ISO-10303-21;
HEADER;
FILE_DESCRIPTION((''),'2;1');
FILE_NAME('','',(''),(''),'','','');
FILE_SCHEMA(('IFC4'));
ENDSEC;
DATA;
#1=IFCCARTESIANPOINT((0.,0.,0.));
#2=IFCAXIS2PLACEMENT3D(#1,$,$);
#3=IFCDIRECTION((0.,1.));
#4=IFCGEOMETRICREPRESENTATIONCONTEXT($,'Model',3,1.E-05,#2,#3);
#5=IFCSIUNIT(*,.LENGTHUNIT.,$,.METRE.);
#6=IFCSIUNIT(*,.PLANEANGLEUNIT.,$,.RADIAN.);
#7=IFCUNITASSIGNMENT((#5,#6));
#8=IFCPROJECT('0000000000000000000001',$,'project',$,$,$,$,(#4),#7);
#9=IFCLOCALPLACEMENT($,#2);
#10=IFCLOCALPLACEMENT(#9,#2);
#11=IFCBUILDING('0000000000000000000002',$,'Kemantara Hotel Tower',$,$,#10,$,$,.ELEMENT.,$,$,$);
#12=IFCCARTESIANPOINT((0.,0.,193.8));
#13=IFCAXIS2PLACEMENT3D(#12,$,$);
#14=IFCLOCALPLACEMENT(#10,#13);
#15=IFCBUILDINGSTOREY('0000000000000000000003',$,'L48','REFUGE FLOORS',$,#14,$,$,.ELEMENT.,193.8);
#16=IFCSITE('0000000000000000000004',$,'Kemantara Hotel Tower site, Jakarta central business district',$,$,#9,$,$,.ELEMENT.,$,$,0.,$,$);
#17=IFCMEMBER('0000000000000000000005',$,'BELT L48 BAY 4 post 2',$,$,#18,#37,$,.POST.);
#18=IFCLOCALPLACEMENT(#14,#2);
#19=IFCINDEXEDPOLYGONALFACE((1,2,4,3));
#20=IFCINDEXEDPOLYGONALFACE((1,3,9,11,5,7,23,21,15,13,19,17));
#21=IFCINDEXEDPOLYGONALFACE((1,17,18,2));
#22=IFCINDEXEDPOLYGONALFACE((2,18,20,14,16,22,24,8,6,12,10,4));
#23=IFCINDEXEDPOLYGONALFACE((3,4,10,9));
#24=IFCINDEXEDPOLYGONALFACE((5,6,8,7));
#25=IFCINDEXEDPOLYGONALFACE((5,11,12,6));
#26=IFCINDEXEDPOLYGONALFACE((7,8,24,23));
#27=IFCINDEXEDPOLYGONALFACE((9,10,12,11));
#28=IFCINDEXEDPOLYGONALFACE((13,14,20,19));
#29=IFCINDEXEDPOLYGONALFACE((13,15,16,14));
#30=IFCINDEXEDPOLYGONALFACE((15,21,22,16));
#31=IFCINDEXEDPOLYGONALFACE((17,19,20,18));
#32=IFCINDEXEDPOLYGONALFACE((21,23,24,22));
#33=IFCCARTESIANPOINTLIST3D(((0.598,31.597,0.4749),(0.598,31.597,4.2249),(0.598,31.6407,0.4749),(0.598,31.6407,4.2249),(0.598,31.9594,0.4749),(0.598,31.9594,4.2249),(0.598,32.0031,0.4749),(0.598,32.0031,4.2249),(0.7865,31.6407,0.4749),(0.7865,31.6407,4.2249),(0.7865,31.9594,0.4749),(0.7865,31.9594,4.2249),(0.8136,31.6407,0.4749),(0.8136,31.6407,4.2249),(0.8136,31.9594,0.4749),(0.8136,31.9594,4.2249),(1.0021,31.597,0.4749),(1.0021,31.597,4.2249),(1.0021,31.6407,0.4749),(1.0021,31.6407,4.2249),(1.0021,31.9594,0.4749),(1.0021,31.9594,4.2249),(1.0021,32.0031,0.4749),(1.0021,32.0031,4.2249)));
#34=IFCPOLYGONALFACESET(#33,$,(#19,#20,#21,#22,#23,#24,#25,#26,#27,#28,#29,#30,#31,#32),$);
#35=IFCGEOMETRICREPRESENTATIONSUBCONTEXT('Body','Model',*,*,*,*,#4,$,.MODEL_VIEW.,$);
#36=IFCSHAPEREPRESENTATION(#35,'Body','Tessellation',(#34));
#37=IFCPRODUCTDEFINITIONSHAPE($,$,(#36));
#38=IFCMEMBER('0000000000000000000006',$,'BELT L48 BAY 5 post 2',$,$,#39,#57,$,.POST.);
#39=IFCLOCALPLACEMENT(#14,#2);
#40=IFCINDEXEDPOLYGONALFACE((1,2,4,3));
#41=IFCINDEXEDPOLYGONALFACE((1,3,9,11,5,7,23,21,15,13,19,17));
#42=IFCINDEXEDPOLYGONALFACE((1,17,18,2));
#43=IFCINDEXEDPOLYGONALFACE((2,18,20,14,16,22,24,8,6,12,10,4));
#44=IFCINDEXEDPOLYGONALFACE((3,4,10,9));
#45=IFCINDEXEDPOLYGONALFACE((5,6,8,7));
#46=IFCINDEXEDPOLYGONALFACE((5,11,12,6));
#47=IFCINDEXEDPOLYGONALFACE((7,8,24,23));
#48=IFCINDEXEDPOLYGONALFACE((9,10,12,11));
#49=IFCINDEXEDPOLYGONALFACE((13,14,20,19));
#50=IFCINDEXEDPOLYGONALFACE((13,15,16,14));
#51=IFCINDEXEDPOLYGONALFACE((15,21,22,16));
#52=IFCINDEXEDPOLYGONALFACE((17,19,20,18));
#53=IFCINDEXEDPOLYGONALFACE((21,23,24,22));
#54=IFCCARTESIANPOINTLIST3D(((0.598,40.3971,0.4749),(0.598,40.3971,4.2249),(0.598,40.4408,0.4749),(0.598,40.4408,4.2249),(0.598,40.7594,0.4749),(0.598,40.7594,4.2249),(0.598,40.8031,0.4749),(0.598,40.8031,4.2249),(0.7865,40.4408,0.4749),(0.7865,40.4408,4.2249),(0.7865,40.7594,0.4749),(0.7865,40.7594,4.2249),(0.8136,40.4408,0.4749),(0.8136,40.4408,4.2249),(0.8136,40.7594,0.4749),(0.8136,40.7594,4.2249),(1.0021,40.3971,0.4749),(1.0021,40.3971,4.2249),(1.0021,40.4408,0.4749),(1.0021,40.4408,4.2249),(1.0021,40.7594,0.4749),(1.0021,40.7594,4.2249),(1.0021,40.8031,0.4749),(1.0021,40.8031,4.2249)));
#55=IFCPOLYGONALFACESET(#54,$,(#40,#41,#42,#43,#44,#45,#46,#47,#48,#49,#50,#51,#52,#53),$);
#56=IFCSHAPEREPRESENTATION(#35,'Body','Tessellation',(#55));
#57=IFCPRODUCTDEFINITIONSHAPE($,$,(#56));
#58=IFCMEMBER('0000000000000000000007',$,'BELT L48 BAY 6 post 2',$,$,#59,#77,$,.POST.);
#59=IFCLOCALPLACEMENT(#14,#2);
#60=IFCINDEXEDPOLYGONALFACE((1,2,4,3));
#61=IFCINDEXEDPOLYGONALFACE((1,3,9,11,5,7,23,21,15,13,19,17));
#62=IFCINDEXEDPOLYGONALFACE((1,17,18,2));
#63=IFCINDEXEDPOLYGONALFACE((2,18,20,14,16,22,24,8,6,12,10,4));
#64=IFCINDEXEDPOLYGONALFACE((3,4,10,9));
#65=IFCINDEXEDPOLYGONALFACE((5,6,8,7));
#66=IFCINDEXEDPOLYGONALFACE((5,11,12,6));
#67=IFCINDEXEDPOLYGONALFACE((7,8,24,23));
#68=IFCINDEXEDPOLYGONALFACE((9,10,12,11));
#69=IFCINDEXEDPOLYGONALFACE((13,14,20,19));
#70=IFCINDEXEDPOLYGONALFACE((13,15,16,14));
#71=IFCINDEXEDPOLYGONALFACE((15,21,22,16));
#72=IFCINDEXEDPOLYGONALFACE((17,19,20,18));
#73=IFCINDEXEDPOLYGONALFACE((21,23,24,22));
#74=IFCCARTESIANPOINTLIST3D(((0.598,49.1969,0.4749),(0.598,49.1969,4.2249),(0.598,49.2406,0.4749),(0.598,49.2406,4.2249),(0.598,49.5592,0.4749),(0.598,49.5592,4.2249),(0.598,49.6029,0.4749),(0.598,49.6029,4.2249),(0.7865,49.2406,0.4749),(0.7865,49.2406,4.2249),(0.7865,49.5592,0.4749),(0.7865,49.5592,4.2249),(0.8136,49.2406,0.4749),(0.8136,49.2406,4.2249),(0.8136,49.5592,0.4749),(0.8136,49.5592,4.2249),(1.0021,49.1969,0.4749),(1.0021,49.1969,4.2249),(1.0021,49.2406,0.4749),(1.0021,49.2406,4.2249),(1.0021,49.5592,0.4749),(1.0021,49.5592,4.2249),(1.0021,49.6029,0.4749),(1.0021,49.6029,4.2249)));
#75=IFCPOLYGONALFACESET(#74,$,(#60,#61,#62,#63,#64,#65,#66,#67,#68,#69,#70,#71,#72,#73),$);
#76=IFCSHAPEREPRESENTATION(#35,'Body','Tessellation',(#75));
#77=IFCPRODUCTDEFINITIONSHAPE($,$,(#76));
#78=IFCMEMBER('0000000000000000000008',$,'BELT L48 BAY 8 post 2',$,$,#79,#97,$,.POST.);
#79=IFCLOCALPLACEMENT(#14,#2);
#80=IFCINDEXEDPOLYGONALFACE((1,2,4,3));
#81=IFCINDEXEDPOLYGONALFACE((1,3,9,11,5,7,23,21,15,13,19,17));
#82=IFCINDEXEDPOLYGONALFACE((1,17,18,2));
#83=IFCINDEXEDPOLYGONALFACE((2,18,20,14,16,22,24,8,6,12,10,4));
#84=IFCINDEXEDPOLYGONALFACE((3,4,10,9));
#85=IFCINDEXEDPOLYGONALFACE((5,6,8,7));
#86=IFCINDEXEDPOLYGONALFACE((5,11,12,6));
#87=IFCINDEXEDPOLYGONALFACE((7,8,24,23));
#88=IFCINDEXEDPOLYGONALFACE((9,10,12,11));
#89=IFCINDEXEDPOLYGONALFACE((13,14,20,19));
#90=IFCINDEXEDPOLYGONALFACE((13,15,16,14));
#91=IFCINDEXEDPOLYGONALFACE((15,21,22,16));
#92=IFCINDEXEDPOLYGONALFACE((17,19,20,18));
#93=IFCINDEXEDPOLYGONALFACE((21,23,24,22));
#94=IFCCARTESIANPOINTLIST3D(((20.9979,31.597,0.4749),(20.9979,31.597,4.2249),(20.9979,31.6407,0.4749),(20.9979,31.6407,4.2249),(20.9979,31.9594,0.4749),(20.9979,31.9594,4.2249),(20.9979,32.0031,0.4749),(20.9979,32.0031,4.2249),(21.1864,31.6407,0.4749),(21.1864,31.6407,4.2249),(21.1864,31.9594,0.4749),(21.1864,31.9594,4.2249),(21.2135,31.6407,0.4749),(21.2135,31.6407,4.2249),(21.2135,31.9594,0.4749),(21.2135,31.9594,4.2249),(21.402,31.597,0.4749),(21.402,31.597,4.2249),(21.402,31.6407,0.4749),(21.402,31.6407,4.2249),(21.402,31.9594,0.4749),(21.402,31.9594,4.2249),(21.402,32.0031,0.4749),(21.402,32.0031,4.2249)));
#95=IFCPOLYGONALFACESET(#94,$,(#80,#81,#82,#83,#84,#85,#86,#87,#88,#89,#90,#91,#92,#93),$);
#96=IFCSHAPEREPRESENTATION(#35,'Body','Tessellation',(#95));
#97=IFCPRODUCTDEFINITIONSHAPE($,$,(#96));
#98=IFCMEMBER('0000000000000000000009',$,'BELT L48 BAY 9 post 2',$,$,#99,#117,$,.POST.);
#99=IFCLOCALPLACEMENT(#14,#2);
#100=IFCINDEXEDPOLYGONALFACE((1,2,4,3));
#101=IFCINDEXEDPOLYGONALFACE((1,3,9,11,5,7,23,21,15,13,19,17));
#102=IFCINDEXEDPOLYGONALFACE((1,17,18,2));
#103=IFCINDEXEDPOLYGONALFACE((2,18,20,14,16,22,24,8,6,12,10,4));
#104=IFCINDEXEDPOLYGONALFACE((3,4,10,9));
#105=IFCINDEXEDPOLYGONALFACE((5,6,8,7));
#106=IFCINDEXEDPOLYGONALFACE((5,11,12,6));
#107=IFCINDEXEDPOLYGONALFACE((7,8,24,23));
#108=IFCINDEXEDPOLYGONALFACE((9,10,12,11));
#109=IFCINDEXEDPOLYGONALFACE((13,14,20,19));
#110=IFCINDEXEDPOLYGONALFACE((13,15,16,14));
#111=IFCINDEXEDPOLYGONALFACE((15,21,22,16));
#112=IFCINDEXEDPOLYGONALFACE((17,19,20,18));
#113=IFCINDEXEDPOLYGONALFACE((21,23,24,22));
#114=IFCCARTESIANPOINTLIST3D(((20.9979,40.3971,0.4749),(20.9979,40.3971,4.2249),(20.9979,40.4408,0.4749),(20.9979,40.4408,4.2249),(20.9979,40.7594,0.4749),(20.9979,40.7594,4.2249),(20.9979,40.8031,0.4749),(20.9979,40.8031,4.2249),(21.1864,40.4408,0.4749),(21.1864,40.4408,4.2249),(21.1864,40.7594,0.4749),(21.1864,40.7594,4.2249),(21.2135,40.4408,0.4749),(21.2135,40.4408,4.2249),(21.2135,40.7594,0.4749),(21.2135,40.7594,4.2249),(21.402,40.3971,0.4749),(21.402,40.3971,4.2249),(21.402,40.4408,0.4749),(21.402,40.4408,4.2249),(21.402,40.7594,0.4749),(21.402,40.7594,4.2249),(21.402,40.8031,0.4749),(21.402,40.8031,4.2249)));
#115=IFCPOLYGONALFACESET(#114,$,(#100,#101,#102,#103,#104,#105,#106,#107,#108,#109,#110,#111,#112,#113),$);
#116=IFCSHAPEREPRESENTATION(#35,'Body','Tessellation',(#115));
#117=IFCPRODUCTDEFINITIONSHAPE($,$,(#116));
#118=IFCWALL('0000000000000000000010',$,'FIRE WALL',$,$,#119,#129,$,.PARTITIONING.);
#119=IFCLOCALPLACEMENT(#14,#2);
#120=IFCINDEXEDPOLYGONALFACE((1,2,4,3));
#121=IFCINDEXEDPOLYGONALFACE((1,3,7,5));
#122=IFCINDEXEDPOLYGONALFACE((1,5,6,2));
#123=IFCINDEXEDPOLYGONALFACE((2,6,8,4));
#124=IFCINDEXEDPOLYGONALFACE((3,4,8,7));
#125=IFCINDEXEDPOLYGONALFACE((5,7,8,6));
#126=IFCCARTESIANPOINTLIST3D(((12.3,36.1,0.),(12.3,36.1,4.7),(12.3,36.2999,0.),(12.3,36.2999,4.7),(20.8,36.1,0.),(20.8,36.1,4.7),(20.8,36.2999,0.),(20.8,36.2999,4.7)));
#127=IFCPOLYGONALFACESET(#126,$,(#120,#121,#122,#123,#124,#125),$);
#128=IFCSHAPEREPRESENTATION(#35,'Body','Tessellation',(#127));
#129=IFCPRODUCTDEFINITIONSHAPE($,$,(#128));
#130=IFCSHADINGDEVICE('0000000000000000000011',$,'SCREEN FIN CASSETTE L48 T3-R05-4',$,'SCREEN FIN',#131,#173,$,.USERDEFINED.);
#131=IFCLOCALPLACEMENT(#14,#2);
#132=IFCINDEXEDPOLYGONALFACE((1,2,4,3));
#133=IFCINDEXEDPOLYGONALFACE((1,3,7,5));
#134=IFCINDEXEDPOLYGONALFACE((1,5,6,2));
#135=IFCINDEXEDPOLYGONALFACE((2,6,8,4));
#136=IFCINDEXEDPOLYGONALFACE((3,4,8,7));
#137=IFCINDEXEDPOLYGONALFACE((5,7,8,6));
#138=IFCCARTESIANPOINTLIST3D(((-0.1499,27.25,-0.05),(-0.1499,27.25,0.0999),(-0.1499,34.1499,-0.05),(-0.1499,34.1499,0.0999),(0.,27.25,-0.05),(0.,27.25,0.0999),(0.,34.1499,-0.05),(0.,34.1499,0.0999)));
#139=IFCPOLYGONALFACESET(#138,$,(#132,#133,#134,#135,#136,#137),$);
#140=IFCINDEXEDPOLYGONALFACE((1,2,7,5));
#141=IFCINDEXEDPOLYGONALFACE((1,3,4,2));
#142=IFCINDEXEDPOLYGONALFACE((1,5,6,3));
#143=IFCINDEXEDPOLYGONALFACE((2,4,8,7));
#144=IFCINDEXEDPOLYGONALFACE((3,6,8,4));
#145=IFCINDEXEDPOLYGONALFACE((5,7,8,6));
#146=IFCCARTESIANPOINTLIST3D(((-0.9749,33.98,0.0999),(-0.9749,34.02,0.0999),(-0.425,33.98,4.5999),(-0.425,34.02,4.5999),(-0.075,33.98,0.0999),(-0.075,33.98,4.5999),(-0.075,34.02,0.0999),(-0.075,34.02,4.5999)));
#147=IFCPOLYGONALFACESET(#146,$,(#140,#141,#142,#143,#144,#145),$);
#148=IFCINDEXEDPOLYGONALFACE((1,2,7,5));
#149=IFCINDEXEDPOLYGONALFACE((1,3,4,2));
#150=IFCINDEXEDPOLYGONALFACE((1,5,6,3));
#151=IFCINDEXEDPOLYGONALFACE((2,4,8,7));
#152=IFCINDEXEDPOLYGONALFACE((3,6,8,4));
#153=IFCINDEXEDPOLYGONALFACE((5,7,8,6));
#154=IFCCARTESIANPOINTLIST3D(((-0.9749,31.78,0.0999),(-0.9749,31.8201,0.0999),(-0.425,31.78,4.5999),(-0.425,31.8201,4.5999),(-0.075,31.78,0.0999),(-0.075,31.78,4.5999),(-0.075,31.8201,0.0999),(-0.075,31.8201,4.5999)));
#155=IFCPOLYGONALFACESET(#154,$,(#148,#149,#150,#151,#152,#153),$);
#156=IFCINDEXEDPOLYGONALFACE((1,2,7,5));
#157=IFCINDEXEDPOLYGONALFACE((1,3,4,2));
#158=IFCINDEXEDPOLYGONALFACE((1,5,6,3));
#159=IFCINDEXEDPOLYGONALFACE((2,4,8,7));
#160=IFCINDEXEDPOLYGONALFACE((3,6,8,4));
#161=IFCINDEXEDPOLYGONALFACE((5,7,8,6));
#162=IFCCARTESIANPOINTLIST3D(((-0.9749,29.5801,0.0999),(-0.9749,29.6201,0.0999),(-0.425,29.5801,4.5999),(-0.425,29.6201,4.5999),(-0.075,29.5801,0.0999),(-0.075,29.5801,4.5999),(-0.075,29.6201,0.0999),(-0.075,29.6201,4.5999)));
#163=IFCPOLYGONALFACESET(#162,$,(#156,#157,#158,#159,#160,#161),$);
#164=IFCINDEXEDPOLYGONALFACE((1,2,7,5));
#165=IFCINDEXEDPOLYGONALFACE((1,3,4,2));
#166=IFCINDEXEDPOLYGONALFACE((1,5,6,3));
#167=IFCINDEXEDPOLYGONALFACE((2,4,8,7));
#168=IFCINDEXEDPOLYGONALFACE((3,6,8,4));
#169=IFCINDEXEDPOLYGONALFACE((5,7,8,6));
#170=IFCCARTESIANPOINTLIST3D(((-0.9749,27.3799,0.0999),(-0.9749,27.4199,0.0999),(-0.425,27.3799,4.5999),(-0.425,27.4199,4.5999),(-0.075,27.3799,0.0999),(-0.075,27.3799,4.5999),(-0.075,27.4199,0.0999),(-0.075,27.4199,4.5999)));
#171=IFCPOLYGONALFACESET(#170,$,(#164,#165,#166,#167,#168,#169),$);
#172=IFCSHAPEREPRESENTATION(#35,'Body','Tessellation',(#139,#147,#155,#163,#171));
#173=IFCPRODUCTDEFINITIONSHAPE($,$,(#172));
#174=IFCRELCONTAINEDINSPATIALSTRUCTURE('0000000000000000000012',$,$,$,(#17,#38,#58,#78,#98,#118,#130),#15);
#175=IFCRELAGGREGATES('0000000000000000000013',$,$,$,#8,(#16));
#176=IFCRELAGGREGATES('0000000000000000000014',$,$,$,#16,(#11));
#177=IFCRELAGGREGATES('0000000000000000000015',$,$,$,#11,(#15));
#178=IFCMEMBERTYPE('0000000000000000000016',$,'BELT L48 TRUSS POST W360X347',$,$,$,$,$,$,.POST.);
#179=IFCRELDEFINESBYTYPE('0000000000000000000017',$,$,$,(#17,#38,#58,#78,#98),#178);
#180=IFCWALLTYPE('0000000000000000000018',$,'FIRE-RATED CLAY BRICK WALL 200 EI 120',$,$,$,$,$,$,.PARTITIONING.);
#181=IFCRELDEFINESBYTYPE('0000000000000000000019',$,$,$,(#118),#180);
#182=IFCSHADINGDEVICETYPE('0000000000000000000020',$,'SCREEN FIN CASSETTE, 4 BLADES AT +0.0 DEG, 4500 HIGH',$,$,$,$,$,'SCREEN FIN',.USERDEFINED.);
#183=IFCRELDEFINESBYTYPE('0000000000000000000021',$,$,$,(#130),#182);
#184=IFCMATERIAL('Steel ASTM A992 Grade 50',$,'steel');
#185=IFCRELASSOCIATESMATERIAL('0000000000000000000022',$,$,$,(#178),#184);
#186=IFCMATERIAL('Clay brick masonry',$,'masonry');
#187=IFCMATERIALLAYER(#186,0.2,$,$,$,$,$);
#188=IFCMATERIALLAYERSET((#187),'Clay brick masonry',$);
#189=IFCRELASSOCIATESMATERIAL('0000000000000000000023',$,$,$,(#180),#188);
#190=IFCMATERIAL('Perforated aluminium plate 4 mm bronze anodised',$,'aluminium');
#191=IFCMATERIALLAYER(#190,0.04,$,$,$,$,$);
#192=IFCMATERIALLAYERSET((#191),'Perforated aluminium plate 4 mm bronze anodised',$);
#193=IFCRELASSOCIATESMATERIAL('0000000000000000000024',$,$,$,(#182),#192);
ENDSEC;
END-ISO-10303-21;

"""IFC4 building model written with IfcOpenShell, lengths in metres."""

from ifc_helpers import new_model, si_unit, direction, frame, frame_2d, origin, origin_2d, place, context, subcontext, project, spatial, polyline, rectangle, i_section, outline, extrude, source, transform, mapped, material, layer, layer_set, material_profile, profile_set, type_object, element, save


model = new_model("IFC4")

# Units and contexts
model_context = context("Model", 3, precision=1e-05, world=origin(), true_north=direction((0.0, 1.0)))
body_context = subcontext(model_context, "Body", "Model", "MODEL_VIEW")
ifc_project = project(units=[si_unit("LENGTHUNIT", "METRE"), si_unit("PLANEANGLEUNIT", "RADIAN")], contexts=[model_context])

# Site, building, storey
site_placement = place(None, origin())
site = spatial("IfcSite", under=ifc_project, at=site_placement, Name="Kemantara Hotel Tower site, Jakarta central business district", CompositionType="ELEMENT", RefElevation=0.0)
building_placement = place(site_placement, origin())
building = spatial("IfcBuilding", under=site, at=building_placement, Name="Kemantara Hotel Tower", CompositionType="ELEMENT")
storey_placement = place(building_placement, frame((0.0, 0.0, 193.8)))
storey = spatial("IfcBuildingStorey", under=building, at=storey_placement, Name="L48", Description="REFUGE FLOORS", CompositionType="ELEMENT", Elevation=193.8)

# Shared definitions
ifc_material_1 = material(Name="Steel ASTM A992 Grade 50", Category="steel")

# Members
ifc_material_profile_1 = material_profile(ifc_material_1, i_section(OverallWidth=0.4041, OverallDepth=0.406, WebThickness=0.0271, FlangeThickness=0.0437, at=origin_2d()), Name="W360X347")
ifc_profile_set_1 = profile_set([ifc_material_profile_1], Name="Steel ASTM A992 Grade 50")
member_type_1 = type_object("IfcMemberType", Name="BELT L48 TRUSS POST W360X347", PredefinedType="POST", material=ifc_profile_set_1)
for number, where, z_axis, x_axis, name in (
    (1, (0.8, 31.8, 0.4749), (0.0, 0.0, 1.0), (1.0, 0.0, 0.0), "BELT L48 BAY 4 post 2"),
    (2, (0.8, 40.6001, 0.4749), (0.0, 0.0, 1.0), (1.0, 0.0, 0.0), "BELT L48 BAY 5 post 2"),
    (3, (0.8, 49.3999, 0.4749), (0.0, 0.0, 1.0), (1.0, 0.0, 0.0), "BELT L48 BAY 6 post 2"),
    (4, (21.2, 31.8, 0.4749), (0.0, 0.0, 1.0), (1.0, 0.0, 0.0), "BELT L48 BAY 8 post 2"),
    (5, (21.2, 40.6001, 0.4749), (0.0, 0.0, 1.0), (1.0, 0.0, 0.0), "BELT L48 BAY 9 post 2"),
):
    element("IfcMember", number, at=place(storey_placement, frame(where, z_axis=z_axis, x_axis=x_axis)), inside=storey, type_object=member_type_1, Name=name, PredefinedType="POST", context=body_context, shape_type="SweptSolid", body=[
        extrude(i_section(OverallWidth=0.4041, OverallDepth=0.406, WebThickness=0.0271, FlangeThickness=0.0437, at=origin_2d()), origin(), (0.0, 0.0, 1.0), 3.75),
    ])

# Wall
ifc_material_2 = material(Name="Clay brick masonry", Category="masonry")
ifc_layer_1 = layer(ifc_material_2, 0.2)
ifc_layer_set_1 = layer_set([ifc_layer_1], Name="Clay brick masonry")
wall_type = type_object("IfcWallType", Name="FIRE-RATED CLAY BRICK WALL 200 EI 120", PredefinedType="PARTITIONING", material=ifc_layer_set_1)
wall_placement = place(storey_placement, frame((12.3, 36.2, 0.0), z_axis=(0.0, 0.0, 1.0), x_axis=(1.0, 0.0, 0.0)))
element("IfcWall", 6, at=wall_placement, inside=storey, type_object=wall_type, Name="FIRE WALL", PredefinedType="PARTITIONING", context=body_context, shape_type="SweptSolid", body=[
    extrude(rectangle(XDim=8.5, YDim=0.2, at=frame_2d((4.25, 0.0))), origin(), (0.0, 0.0, 1.0), 4.7),
])

# Shading device
ifc_material_3 = material(Name="Perforated aluminium plate 4 mm bronze anodised", Category="aluminium")
ifc_layer_2 = layer(ifc_material_3, 0.04)
ifc_layer_set_2 = layer_set([ifc_layer_2], Name="Perforated aluminium plate 4 mm bronze anodised")
shading_device_type_1 = type_object("IfcShadingDeviceType", Name="SCREEN FIN CASSETTE, 4 BLADES AT +0.0 DEG, 4500 HIGH", ElementType="SCREEN FIN", PredefinedType="USERDEFINED", material=ifc_layer_set_2)
shared_shape_1 = source(origin(), body_context, "Body", "SweptSolid", [
    extrude(rectangle(XDim=6.8999, YDim=0.1499, at=origin_2d()), frame((3.3, -0.075, -0.1499), z_axis=(0.0, 0.0, 1.0), x_axis=(1.0, 0.0, 0.0)), (0.0, 0.0, 1.0), 0.1499),
    extrude(outline(polyline([(0.0, 0.0), (0.8999, 0.0), (0.3501, 4.5), (0.0, 4.5), (0.0, 0.0)])), frame((0.02, -0.075, 0.0), z_axis=(-1.0, 0.0, 0.0), x_axis=(0.0, -1.0, 0.0)), (0.0, 0.0, 1.0), 0.04),
    extrude(outline(polyline([(0.0, 0.0), (0.8999, 0.0), (0.3501, 4.5), (0.0, 4.5), (0.0, 0.0)])), frame((2.22, -0.075, 0.0), z_axis=(-1.0, 0.0, 0.0), x_axis=(0.0, -1.0, 0.0)), (0.0, 0.0, 1.0), 0.04),
    extrude(outline(polyline([(0.0, 0.0), (0.8999, 0.0), (0.3501, 4.5), (0.0, 4.5), (0.0, 0.0)])), frame((4.4199, -0.075, 0.0), z_axis=(-1.0, 0.0, 0.0), x_axis=(0.0, -1.0, 0.0)), (0.0, 0.0, 1.0), 0.04),
    extrude(outline(polyline([(0.0, 0.0), (0.8999, 0.0), (0.3501, 4.5), (0.0, 4.5), (0.0, 0.0)])), frame((6.6201, -0.075, 0.0), z_axis=(-1.0, 0.0, 0.0), x_axis=(0.0, -1.0, 0.0)), (0.0, 0.0, 1.0), 0.04),
])
shading_device_1_placement = place(storey_placement, frame((0.0, 34.0, 0.0999), z_axis=(0.0, 0.0, 1.0), x_axis=(0.0, -1.0, 0.0)))
element("IfcShadingDevice", 7, at=shading_device_1_placement, inside=storey, type_object=shading_device_type_1, Name="SCREEN FIN CASSETTE L48 T3-R05-4", ObjectType="SCREEN FIN", PredefinedType="USERDEFINED", context=body_context, shape_type="MappedRepresentation", body=[
    mapped(shared_shape_1, transform((0.0, 0.0, 0.0))),
])

save(model, "model.ifc")
